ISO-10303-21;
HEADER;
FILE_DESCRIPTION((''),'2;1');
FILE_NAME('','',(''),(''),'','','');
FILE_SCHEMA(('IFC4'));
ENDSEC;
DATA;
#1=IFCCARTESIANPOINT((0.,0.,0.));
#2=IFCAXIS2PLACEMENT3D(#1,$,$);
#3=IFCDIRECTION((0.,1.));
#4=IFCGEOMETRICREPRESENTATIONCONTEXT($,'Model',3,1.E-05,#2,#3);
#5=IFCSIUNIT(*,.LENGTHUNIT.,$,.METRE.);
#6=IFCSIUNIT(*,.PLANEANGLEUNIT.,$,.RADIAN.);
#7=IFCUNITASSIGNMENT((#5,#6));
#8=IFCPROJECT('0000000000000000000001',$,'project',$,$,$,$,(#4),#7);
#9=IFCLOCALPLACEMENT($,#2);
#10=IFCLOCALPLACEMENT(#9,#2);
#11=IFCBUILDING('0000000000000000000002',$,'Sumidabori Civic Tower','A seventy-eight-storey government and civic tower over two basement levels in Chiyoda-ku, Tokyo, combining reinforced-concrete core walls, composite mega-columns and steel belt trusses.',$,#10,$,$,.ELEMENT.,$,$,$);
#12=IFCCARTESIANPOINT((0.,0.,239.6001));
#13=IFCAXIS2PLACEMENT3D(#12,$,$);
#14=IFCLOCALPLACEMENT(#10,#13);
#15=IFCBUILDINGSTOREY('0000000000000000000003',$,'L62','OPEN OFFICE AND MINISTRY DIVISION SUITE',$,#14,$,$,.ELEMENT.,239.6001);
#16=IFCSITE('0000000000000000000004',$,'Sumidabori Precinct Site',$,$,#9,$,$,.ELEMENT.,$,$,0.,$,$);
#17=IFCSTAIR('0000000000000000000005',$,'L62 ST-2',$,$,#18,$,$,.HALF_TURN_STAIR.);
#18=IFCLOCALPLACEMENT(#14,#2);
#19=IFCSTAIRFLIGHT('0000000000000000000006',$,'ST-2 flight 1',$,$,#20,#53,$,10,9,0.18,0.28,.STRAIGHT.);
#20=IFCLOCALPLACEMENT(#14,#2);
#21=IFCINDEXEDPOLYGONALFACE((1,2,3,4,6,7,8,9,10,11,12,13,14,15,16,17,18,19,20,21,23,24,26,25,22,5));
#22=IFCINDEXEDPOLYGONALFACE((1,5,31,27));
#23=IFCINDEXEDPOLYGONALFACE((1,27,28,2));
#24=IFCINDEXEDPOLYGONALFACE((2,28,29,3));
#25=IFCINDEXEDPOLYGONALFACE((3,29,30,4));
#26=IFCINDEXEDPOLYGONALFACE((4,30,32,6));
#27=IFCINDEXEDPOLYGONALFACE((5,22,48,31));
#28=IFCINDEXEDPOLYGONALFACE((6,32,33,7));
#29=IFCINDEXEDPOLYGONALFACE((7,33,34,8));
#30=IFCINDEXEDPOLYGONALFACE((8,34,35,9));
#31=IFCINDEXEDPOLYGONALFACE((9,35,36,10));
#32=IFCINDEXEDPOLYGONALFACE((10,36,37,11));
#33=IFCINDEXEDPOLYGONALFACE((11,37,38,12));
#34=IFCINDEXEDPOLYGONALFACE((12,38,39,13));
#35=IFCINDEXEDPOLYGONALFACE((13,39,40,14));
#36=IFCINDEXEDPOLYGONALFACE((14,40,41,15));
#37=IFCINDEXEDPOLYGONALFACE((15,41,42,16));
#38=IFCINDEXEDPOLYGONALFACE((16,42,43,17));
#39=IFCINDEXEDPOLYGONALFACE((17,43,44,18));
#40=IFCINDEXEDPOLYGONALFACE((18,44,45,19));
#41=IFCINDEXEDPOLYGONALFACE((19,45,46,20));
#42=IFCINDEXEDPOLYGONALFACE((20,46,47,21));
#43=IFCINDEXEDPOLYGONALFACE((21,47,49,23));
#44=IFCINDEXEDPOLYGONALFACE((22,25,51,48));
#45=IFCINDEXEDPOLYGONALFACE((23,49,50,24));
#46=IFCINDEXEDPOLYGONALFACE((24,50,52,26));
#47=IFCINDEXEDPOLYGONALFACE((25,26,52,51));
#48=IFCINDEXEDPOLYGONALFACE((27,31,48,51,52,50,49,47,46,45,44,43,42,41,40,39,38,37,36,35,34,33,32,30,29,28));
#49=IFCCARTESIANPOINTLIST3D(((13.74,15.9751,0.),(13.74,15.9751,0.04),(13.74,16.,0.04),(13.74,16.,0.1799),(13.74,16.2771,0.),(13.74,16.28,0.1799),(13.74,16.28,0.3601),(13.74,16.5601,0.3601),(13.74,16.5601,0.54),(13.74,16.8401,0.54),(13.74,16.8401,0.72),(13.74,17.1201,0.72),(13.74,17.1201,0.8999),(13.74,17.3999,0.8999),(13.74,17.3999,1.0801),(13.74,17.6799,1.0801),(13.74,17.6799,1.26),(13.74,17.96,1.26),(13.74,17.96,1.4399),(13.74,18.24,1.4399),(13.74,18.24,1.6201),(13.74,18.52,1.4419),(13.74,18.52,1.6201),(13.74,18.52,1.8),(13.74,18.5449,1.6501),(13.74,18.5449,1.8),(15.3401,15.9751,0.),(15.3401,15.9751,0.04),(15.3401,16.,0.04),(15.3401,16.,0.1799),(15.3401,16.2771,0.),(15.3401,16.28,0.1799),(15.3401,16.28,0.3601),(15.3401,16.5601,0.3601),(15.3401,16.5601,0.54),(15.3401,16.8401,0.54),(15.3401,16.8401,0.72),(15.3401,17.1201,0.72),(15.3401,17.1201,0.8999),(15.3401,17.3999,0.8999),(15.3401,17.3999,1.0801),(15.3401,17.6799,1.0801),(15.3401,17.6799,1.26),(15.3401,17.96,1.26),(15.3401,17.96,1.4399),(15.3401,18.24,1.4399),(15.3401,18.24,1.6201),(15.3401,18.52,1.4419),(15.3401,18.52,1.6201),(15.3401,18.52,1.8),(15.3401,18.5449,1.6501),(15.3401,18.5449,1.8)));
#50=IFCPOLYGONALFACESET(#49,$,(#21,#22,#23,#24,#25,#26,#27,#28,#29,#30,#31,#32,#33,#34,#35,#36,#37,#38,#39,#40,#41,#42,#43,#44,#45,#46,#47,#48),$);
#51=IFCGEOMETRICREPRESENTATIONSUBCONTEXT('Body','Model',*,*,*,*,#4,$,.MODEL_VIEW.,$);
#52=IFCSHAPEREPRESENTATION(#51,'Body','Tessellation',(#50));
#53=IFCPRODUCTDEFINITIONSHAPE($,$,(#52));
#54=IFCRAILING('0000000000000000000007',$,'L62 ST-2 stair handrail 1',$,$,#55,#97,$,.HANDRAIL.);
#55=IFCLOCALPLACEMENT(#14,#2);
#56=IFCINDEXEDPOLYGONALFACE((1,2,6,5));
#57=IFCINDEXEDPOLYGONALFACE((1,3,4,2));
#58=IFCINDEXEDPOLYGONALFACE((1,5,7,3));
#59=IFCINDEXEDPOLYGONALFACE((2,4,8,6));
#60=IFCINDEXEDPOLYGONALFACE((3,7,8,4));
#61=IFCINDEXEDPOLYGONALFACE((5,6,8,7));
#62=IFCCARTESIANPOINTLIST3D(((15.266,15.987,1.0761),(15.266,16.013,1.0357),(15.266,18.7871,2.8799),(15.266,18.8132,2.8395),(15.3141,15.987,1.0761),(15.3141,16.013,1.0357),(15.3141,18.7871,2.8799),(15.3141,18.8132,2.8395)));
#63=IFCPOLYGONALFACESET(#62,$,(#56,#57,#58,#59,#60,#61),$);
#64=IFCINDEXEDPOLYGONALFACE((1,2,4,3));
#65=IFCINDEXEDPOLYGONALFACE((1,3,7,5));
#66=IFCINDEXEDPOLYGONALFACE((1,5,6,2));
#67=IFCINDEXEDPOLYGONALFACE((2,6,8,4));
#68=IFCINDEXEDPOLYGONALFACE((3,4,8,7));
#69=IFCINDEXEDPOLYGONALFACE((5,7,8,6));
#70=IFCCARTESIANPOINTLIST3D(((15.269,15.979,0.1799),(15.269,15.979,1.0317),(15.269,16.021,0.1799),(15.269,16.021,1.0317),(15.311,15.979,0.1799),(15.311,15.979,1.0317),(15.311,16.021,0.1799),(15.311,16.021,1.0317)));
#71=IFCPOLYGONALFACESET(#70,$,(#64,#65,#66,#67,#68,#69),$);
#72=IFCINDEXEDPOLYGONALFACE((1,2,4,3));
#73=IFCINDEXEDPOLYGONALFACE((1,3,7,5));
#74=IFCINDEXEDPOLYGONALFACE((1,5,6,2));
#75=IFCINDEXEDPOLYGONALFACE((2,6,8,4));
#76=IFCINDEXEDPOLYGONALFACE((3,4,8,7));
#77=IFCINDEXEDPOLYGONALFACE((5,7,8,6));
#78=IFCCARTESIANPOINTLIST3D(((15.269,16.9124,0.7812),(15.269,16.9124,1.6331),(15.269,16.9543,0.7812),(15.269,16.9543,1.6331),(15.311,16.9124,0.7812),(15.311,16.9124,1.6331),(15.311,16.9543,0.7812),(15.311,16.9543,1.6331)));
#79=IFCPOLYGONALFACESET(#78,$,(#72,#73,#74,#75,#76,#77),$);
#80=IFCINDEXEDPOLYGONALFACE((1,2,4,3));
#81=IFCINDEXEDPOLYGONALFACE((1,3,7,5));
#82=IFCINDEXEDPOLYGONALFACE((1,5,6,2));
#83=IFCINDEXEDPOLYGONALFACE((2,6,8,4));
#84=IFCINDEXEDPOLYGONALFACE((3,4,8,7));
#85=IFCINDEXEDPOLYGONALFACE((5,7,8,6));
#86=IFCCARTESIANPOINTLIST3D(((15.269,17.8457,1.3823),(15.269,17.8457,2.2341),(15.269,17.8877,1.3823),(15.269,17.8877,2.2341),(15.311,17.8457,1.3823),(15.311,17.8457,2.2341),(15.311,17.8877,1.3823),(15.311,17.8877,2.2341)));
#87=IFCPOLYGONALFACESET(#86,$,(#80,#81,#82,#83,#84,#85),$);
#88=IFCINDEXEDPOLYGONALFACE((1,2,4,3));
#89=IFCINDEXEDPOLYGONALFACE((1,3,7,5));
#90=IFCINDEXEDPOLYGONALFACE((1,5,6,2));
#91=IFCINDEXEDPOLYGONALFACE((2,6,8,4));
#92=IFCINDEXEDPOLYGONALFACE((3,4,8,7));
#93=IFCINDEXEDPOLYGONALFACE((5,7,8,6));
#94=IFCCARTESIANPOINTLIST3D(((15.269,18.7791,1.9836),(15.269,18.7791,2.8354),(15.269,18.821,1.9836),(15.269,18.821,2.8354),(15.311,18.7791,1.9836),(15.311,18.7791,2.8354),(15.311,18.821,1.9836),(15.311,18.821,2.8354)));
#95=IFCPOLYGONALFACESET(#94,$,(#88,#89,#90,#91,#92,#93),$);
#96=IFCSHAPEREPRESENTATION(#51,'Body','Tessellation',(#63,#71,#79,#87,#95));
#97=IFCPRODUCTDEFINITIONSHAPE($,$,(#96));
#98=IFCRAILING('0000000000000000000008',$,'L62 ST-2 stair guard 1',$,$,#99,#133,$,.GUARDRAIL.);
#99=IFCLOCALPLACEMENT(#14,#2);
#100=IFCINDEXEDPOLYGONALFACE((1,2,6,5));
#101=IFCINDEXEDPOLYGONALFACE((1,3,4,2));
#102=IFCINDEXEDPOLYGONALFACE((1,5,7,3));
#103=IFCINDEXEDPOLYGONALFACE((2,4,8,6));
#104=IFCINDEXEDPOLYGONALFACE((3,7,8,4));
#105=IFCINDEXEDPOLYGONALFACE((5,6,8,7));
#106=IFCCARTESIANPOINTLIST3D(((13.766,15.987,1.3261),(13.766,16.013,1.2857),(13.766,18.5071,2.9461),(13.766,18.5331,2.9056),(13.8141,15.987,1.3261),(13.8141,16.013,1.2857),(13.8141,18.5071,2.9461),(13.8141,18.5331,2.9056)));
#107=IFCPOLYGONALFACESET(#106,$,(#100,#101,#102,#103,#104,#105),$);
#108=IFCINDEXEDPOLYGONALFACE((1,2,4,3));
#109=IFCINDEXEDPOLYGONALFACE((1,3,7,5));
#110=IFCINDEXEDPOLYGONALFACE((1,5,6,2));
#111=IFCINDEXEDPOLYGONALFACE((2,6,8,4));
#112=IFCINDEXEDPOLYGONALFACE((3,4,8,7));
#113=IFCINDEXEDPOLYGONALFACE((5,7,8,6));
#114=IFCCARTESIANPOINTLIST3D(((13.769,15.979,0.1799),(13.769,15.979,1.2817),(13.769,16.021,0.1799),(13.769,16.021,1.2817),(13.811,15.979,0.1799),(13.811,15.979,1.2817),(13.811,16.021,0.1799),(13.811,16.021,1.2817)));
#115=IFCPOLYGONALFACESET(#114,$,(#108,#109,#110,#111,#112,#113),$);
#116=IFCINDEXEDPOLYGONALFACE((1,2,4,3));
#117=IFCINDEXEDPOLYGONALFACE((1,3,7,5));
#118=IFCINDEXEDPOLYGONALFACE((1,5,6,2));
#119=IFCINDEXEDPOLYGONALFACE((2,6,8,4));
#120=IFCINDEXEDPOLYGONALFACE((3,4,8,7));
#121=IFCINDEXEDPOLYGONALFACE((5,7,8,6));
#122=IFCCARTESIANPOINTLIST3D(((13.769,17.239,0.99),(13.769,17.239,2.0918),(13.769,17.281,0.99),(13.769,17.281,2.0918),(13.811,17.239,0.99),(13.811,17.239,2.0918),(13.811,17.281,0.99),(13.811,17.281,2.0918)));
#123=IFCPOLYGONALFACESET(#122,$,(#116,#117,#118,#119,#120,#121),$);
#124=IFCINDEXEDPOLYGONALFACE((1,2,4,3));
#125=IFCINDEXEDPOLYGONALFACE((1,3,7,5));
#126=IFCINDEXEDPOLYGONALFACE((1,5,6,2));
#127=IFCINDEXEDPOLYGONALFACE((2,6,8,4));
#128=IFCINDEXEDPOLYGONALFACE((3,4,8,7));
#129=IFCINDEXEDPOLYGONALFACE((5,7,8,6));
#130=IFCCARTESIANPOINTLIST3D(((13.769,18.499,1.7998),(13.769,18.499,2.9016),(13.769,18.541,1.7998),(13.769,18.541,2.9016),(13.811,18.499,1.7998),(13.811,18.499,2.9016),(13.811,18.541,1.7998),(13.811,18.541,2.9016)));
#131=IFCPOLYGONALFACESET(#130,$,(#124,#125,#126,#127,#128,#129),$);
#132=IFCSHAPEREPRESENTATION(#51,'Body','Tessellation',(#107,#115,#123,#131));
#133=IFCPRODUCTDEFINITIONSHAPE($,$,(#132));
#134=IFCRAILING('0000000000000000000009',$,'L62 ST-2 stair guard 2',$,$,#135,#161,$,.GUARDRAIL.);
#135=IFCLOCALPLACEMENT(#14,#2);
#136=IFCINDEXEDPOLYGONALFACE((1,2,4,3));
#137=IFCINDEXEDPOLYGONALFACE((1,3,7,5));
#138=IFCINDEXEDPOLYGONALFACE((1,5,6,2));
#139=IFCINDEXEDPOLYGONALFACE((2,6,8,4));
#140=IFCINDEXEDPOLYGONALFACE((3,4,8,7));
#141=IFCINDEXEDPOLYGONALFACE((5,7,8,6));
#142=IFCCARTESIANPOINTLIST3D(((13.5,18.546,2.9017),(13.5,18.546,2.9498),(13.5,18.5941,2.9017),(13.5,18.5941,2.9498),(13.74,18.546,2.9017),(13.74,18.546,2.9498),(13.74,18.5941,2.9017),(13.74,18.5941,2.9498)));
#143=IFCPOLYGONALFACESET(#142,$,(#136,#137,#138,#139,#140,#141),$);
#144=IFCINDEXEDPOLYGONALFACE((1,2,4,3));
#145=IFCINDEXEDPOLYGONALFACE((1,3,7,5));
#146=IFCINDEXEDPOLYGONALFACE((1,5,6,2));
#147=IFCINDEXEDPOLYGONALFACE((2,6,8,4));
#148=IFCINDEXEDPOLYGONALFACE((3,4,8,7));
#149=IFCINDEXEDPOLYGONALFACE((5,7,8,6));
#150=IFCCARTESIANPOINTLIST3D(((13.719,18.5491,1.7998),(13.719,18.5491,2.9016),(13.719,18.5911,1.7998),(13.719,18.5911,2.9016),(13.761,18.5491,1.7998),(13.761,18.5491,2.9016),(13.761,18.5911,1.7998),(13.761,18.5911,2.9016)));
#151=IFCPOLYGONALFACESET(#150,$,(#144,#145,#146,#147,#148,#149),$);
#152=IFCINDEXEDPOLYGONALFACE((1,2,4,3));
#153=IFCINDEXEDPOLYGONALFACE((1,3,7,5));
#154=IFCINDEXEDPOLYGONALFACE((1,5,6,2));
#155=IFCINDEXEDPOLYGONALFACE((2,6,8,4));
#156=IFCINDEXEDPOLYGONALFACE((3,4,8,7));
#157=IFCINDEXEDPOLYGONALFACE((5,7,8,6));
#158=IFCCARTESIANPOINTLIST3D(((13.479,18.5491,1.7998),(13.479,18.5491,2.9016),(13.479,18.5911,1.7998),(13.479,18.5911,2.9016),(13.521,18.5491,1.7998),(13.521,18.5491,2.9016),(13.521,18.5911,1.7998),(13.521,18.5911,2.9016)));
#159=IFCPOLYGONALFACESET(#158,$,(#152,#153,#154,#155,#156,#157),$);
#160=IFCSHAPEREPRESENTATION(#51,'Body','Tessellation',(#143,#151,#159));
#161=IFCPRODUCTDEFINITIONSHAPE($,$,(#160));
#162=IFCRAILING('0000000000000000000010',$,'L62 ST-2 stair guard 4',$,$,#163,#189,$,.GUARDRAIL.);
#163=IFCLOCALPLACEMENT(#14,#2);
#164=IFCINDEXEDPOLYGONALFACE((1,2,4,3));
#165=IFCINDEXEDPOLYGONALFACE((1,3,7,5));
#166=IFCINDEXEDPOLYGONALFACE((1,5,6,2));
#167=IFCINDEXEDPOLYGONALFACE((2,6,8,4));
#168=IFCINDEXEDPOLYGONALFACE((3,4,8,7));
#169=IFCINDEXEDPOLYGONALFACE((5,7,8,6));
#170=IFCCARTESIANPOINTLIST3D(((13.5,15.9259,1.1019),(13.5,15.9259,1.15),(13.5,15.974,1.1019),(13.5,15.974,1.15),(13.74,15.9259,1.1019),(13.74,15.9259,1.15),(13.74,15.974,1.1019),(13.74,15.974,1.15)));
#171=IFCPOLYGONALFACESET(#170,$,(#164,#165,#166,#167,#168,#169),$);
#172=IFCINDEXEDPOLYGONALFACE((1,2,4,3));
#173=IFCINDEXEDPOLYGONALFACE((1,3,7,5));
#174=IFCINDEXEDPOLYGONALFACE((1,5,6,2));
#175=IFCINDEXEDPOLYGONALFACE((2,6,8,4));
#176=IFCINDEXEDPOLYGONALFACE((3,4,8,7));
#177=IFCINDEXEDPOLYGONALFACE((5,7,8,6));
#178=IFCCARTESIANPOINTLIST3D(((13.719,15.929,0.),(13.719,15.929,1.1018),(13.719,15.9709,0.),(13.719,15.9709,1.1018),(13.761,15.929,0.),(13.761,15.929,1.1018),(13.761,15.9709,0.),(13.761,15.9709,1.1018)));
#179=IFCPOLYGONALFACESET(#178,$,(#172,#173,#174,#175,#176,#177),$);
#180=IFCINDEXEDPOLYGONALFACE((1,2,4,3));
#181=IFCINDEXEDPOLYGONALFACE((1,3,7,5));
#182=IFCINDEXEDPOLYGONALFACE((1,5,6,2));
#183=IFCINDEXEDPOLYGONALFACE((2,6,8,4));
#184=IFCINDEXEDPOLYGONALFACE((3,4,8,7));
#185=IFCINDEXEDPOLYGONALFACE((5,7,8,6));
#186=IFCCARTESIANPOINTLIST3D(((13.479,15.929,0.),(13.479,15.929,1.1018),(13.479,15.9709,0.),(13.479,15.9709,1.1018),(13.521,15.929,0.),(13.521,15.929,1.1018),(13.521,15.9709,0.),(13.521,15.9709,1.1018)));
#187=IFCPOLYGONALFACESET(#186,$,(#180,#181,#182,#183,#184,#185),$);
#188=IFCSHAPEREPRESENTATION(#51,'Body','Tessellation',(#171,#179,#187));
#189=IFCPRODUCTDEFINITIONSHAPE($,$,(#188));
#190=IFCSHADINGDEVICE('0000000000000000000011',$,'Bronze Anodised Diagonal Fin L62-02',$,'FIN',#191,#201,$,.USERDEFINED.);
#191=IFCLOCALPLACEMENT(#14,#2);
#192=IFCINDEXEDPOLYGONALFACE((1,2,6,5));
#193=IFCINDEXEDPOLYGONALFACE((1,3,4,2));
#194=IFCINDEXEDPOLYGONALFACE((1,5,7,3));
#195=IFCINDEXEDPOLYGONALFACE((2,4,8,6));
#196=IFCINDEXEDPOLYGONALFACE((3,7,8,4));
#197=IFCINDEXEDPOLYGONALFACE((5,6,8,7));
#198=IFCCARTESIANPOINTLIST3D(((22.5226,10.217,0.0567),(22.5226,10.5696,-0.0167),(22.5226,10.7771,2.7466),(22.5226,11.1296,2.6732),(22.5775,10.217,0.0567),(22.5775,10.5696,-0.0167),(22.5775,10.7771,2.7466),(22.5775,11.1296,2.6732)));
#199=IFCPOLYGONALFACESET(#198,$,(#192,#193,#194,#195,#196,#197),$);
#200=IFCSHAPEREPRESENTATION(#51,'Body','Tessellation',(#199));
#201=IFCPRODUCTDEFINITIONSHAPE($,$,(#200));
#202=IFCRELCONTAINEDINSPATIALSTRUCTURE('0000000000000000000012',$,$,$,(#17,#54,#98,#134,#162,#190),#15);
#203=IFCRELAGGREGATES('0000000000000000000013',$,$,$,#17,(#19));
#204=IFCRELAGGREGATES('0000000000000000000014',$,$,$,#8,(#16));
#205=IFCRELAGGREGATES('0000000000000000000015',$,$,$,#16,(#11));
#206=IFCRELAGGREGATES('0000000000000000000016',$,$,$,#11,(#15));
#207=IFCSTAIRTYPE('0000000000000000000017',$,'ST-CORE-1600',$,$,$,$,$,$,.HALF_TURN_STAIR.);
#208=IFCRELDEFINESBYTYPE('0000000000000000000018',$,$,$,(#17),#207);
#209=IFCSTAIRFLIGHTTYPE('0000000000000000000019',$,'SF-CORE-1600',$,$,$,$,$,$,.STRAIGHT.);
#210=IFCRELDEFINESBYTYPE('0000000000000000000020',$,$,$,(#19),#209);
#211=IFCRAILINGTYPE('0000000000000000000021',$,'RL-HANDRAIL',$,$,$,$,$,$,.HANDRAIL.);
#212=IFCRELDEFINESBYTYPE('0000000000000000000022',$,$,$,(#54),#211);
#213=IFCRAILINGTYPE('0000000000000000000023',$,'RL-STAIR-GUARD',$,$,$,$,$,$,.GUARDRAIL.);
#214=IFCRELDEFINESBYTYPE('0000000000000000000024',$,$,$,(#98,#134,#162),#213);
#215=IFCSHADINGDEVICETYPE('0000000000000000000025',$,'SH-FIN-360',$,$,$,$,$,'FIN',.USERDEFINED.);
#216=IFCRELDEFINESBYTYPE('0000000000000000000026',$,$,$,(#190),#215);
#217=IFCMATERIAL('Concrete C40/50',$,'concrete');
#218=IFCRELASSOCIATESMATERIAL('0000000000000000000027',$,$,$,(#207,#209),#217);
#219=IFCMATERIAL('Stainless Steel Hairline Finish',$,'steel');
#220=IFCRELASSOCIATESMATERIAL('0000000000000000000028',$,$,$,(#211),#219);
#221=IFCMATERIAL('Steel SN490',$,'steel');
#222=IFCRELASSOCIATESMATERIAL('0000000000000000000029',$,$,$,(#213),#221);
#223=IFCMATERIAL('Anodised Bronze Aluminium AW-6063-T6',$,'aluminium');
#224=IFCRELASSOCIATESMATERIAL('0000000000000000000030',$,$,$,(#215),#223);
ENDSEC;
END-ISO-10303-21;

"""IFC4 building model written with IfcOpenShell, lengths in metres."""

from ifc_helpers import new_model, si_unit, direction, frame, origin, origin_2d, place, context, subcontext, project, spatial, polyline, rectangle, outline, extrude, source, transform, mapped, material, material_profile, profile_set, type_object, element, aggregate, save


model = new_model("IFC4")

# Units and contexts
model_context = context("Model", 3, precision=1e-05, world=origin(), true_north=direction((0.0, 1.0)))
body_context = subcontext(model_context, "Body", "Model", "MODEL_VIEW")
ifc_project = project(units=[si_unit("LENGTHUNIT", "METRE"), si_unit("PLANEANGLEUNIT", "RADIAN")], contexts=[model_context])

# Site, building, storey
site_placement = place(None, origin())
site = spatial("IfcSite", under=ifc_project, at=site_placement, Name="Sumidabori Precinct Site", CompositionType="ELEMENT", RefElevation=0.0)
building_placement = place(site_placement, origin())
building = spatial("IfcBuilding", under=site, at=building_placement, Name="Sumidabori Civic Tower", Description="A seventy-eight-storey government and civic tower over two basement levels in Chiyoda-ku, Tokyo, combining reinforced-concrete core walls, composite mega-columns and steel belt trusses.", CompositionType="ELEMENT")
storey_placement = place(building_placement, frame((0.0, 0.0, 239.6001)))
storey = spatial("IfcBuildingStorey", under=building, at=storey_placement, Name="L62", Description="OPEN OFFICE AND MINISTRY DIVISION SUITE", CompositionType="ELEMENT", Elevation=239.6001)

# Shared definitions
ifc_material_1 = material(Name="Steel SN490", Category="steel")

# Shared definitions
ifc_material_2 = material(Name="Anodised Bronze Aluminium AW-6063-T6", Category="aluminium")

# Stair, stair flight
ifc_material_3 = material(Name="Concrete C40/50", Category="concrete")
stair_type = type_object("IfcStairType", Name="ST-CORE-1600", PredefinedType="HALF_TURN_STAIR", material=ifc_material_3)
stair_placement = place(storey_placement, origin())
stair = element("IfcStair", 1, at=stair_placement, inside=storey, type_object=stair_type, Name="L62 ST-2", PredefinedType="HALF_TURN_STAIR")
stair_flight_type = type_object("IfcStairFlightType", Name="SF-CORE-1600", PredefinedType="STRAIGHT", material=ifc_material_3)
shared_shape_1 = source(origin(), body_context, "Body", "SweptSolid", [
    extrude(outline(polyline([(-0.0249, 0.0), (-0.0249, 0.04), (0.0, 0.04), (0.0, 0.1799), (0.28, 0.1799), (0.28, 0.3601), (0.5601, 0.3601), (0.5601, 0.54), (0.8401, 0.54), (0.8401, 0.72), (1.1201, 0.72), (1.1201, 0.8999), (1.3999, 0.8999), (1.3999, 1.0801), (1.6799, 1.0801), (1.6799, 1.26), (1.96, 1.26), (1.96, 1.4399), (2.24, 1.4399), (2.24, 1.6201), (2.52, 1.6201), (2.52, 1.8), (2.5449, 1.8), (2.5449, 1.6501), (2.52, 1.4419), (0.2771, 0.0), (-0.0249, 0.0)])), frame((0.0, 0.8, 0.0), z_axis=(0.0, -1.0, 0.0), x_axis=(1.0, 0.0, 0.0)), (0.0, 0.0, 1.0), 1.6001),
])
stair_flight_placement = place(storey_placement, frame((14.54, 16.0, 0.0), z_axis=(0.0, 0.0, 1.0), x_axis=(0.0, 1.0, 0.0)))
stair_flight = element("IfcStairFlight", 2, at=stair_flight_placement, type_object=stair_flight_type, Name="ST-2 flight 1", NumberOfRisers=10, NumberOfTreads=9, PredefinedType="STRAIGHT", RiserHeight=0.18, TreadLength=0.28, context=body_context, shape_type="MappedRepresentation", body=[
    mapped(shared_shape_1, transform((0.0, 0.0, 0.0), x_axis=(1.0, 0.0, 0.0), y_axis=(0.0, 1.0, 0.0), z_axis=(0.0, 0.0, 1.0), scale=1.0)),
])
aggregate(stair, [stair_flight])

# Railings
ifc_material_4 = material(Name="Stainless Steel Hairline Finish", Category="steel")
railing_type_1 = type_object("IfcRailingType", Name="RL-HANDRAIL", PredefinedType="HANDRAIL", material=ifc_material_4)
railing_1_placement = place(storey_placement, frame((15.29, 16.0, 0.1799)))
element("IfcRailing", 3, at=railing_1_placement, inside=storey, type_object=railing_type_1, Name="L62 ST-2 stair handrail 1", PredefinedType="HANDRAIL", context=body_context, shape_type="SweptSolid", body=[
    extrude(rectangle(XDim=0.0481, YDim=0.0481, at=origin_2d()), frame((0.0, 0.0, 0.876), z_axis=(0.0, 0.840676, 0.541539), x_axis=(-1.0, 0.0, 0.0)), (0.0, 0.0, 1.0), 3.3308),
    extrude(rectangle(XDim=0.042, YDim=0.042, at=origin_2d()), origin(), (0.0, 0.0, 1.0), 0.8518),
    extrude(rectangle(XDim=0.042, YDim=0.042, at=origin_2d()), frame((0.0, 0.9333, 0.6013)), (0.0, 0.0, 1.0), 0.8518),
    extrude(rectangle(XDim=0.042, YDim=0.042, at=origin_2d()), frame((0.0, 1.8667, 1.2024)), (0.0, 0.0, 1.0), 0.8518),
    extrude(rectangle(XDim=0.042, YDim=0.042, at=origin_2d()), frame((0.0, 2.8, 1.8037)), (0.0, 0.0, 1.0), 0.8518),
])
railing_type_2 = type_object("IfcRailingType", Name="RL-STAIR-GUARD", PredefinedType="GUARDRAIL", material=ifc_material_1)
railing_2_placement = place(storey_placement, frame((13.79, 16.0, 0.1799)))
element("IfcRailing", 4, at=railing_2_placement, inside=storey, type_object=railing_type_2, Name="L62 ST-2 stair guard 1", PredefinedType="GUARDRAIL", context=body_context, shape_type="SweptSolid", body=[
    extrude(rectangle(XDim=0.0481, YDim=0.0481, at=origin_2d()), frame((0.0, 0.0, 1.126), z_axis=(0.0, 0.8412, 0.540725), x_axis=(-1.0, 0.0, 0.0)), (0.0, 0.0, 1.0), 2.9958),
    extrude(rectangle(XDim=0.042, YDim=0.042, at=origin_2d()), origin(), (0.0, 0.0, 1.0), 1.1018),
    extrude(rectangle(XDim=0.042, YDim=0.042, at=origin_2d()), frame((0.0, 1.26, 0.8101)), (0.0, 0.0, 1.0), 1.1018),
    extrude(rectangle(XDim=0.042, YDim=0.042, at=origin_2d()), frame((0.0, 2.52, 1.6199)), (0.0, 0.0, 1.0), 1.1018),
])
for number, where, name in (
    (5, (13.74, 18.5701, 1.7998), "L62 ST-2 stair guard 2"),
    (6, (13.74, 15.95, 0.0), "L62 ST-2 stair guard 4"),
):
    element("IfcRailing", number, at=place(storey_placement, frame(where)), inside=storey, type_object=railing_type_2, Name=name, PredefinedType="GUARDRAIL", context=body_context, shape_type="SweptSolid", body=[
        extrude(rectangle(XDim=0.0481, YDim=0.0481, at=origin_2d()), frame((0.0, 0.0, 1.126), z_axis=(-1.0, 0.0, 0.0), x_axis=(0.0, -1.0, 0.0)), (0.0, 0.0, 1.0), 0.24),
        extrude(rectangle(XDim=0.042, YDim=0.042, at=origin_2d()), origin(), (0.0, 0.0, 1.0), 1.1018),
        extrude(rectangle(XDim=0.042, YDim=0.042, at=origin_2d()), frame((-0.24, 0.0, 0.0)), (0.0, 0.0, 1.0), 1.1018),
    ])

# Shading device
ifc_material_profile_1 = material_profile(ifc_material_2, rectangle(XDim=0.0549, YDim=0.3601, at=origin_2d()), Name="BRONZE FIN 360x55")
ifc_profile_set_1 = profile_set([ifc_material_profile_1], Name="Anodised Bronze Aluminium AW-6063-T6")
shading_device_type = type_object("IfcShadingDeviceType", Name="SH-FIN-360", ElementType="FIN", PredefinedType="USERDEFINED", material=ifc_profile_set_1)
shared_shape_2 = source(origin(), body_context, "Body", "SweptSolid", [
    extrude(rectangle(XDim=0.0549, YDim=0.3601, at=origin_2d()), origin(), (0.0, 0.0, 1.0), 2.7476),
])
shading_device_placement = place(storey_placement, frame((22.55, 10.3933, 0.02), z_axis=(0.0, 0.203834, 0.979006), x_axis=(-1.0, 0.0, 0.0)))
element("IfcShadingDevice", 7, at=shading_device_placement, inside=storey, type_object=shading_device_type, Name="Bronze Anodised Diagonal Fin L62-02", ObjectType="FIN", PredefinedType="USERDEFINED", context=body_context, shape_type="MappedRepresentation", body=[
    mapped(shared_shape_2, transform((0.0, 0.0, 0.0), x_axis=(1.0, 0.0, 0.0), y_axis=(0.0, 1.0, 0.0), z_axis=(0.0, 0.0, 1.0), scale=1.0)),
])

save(model, "model.ifc")
